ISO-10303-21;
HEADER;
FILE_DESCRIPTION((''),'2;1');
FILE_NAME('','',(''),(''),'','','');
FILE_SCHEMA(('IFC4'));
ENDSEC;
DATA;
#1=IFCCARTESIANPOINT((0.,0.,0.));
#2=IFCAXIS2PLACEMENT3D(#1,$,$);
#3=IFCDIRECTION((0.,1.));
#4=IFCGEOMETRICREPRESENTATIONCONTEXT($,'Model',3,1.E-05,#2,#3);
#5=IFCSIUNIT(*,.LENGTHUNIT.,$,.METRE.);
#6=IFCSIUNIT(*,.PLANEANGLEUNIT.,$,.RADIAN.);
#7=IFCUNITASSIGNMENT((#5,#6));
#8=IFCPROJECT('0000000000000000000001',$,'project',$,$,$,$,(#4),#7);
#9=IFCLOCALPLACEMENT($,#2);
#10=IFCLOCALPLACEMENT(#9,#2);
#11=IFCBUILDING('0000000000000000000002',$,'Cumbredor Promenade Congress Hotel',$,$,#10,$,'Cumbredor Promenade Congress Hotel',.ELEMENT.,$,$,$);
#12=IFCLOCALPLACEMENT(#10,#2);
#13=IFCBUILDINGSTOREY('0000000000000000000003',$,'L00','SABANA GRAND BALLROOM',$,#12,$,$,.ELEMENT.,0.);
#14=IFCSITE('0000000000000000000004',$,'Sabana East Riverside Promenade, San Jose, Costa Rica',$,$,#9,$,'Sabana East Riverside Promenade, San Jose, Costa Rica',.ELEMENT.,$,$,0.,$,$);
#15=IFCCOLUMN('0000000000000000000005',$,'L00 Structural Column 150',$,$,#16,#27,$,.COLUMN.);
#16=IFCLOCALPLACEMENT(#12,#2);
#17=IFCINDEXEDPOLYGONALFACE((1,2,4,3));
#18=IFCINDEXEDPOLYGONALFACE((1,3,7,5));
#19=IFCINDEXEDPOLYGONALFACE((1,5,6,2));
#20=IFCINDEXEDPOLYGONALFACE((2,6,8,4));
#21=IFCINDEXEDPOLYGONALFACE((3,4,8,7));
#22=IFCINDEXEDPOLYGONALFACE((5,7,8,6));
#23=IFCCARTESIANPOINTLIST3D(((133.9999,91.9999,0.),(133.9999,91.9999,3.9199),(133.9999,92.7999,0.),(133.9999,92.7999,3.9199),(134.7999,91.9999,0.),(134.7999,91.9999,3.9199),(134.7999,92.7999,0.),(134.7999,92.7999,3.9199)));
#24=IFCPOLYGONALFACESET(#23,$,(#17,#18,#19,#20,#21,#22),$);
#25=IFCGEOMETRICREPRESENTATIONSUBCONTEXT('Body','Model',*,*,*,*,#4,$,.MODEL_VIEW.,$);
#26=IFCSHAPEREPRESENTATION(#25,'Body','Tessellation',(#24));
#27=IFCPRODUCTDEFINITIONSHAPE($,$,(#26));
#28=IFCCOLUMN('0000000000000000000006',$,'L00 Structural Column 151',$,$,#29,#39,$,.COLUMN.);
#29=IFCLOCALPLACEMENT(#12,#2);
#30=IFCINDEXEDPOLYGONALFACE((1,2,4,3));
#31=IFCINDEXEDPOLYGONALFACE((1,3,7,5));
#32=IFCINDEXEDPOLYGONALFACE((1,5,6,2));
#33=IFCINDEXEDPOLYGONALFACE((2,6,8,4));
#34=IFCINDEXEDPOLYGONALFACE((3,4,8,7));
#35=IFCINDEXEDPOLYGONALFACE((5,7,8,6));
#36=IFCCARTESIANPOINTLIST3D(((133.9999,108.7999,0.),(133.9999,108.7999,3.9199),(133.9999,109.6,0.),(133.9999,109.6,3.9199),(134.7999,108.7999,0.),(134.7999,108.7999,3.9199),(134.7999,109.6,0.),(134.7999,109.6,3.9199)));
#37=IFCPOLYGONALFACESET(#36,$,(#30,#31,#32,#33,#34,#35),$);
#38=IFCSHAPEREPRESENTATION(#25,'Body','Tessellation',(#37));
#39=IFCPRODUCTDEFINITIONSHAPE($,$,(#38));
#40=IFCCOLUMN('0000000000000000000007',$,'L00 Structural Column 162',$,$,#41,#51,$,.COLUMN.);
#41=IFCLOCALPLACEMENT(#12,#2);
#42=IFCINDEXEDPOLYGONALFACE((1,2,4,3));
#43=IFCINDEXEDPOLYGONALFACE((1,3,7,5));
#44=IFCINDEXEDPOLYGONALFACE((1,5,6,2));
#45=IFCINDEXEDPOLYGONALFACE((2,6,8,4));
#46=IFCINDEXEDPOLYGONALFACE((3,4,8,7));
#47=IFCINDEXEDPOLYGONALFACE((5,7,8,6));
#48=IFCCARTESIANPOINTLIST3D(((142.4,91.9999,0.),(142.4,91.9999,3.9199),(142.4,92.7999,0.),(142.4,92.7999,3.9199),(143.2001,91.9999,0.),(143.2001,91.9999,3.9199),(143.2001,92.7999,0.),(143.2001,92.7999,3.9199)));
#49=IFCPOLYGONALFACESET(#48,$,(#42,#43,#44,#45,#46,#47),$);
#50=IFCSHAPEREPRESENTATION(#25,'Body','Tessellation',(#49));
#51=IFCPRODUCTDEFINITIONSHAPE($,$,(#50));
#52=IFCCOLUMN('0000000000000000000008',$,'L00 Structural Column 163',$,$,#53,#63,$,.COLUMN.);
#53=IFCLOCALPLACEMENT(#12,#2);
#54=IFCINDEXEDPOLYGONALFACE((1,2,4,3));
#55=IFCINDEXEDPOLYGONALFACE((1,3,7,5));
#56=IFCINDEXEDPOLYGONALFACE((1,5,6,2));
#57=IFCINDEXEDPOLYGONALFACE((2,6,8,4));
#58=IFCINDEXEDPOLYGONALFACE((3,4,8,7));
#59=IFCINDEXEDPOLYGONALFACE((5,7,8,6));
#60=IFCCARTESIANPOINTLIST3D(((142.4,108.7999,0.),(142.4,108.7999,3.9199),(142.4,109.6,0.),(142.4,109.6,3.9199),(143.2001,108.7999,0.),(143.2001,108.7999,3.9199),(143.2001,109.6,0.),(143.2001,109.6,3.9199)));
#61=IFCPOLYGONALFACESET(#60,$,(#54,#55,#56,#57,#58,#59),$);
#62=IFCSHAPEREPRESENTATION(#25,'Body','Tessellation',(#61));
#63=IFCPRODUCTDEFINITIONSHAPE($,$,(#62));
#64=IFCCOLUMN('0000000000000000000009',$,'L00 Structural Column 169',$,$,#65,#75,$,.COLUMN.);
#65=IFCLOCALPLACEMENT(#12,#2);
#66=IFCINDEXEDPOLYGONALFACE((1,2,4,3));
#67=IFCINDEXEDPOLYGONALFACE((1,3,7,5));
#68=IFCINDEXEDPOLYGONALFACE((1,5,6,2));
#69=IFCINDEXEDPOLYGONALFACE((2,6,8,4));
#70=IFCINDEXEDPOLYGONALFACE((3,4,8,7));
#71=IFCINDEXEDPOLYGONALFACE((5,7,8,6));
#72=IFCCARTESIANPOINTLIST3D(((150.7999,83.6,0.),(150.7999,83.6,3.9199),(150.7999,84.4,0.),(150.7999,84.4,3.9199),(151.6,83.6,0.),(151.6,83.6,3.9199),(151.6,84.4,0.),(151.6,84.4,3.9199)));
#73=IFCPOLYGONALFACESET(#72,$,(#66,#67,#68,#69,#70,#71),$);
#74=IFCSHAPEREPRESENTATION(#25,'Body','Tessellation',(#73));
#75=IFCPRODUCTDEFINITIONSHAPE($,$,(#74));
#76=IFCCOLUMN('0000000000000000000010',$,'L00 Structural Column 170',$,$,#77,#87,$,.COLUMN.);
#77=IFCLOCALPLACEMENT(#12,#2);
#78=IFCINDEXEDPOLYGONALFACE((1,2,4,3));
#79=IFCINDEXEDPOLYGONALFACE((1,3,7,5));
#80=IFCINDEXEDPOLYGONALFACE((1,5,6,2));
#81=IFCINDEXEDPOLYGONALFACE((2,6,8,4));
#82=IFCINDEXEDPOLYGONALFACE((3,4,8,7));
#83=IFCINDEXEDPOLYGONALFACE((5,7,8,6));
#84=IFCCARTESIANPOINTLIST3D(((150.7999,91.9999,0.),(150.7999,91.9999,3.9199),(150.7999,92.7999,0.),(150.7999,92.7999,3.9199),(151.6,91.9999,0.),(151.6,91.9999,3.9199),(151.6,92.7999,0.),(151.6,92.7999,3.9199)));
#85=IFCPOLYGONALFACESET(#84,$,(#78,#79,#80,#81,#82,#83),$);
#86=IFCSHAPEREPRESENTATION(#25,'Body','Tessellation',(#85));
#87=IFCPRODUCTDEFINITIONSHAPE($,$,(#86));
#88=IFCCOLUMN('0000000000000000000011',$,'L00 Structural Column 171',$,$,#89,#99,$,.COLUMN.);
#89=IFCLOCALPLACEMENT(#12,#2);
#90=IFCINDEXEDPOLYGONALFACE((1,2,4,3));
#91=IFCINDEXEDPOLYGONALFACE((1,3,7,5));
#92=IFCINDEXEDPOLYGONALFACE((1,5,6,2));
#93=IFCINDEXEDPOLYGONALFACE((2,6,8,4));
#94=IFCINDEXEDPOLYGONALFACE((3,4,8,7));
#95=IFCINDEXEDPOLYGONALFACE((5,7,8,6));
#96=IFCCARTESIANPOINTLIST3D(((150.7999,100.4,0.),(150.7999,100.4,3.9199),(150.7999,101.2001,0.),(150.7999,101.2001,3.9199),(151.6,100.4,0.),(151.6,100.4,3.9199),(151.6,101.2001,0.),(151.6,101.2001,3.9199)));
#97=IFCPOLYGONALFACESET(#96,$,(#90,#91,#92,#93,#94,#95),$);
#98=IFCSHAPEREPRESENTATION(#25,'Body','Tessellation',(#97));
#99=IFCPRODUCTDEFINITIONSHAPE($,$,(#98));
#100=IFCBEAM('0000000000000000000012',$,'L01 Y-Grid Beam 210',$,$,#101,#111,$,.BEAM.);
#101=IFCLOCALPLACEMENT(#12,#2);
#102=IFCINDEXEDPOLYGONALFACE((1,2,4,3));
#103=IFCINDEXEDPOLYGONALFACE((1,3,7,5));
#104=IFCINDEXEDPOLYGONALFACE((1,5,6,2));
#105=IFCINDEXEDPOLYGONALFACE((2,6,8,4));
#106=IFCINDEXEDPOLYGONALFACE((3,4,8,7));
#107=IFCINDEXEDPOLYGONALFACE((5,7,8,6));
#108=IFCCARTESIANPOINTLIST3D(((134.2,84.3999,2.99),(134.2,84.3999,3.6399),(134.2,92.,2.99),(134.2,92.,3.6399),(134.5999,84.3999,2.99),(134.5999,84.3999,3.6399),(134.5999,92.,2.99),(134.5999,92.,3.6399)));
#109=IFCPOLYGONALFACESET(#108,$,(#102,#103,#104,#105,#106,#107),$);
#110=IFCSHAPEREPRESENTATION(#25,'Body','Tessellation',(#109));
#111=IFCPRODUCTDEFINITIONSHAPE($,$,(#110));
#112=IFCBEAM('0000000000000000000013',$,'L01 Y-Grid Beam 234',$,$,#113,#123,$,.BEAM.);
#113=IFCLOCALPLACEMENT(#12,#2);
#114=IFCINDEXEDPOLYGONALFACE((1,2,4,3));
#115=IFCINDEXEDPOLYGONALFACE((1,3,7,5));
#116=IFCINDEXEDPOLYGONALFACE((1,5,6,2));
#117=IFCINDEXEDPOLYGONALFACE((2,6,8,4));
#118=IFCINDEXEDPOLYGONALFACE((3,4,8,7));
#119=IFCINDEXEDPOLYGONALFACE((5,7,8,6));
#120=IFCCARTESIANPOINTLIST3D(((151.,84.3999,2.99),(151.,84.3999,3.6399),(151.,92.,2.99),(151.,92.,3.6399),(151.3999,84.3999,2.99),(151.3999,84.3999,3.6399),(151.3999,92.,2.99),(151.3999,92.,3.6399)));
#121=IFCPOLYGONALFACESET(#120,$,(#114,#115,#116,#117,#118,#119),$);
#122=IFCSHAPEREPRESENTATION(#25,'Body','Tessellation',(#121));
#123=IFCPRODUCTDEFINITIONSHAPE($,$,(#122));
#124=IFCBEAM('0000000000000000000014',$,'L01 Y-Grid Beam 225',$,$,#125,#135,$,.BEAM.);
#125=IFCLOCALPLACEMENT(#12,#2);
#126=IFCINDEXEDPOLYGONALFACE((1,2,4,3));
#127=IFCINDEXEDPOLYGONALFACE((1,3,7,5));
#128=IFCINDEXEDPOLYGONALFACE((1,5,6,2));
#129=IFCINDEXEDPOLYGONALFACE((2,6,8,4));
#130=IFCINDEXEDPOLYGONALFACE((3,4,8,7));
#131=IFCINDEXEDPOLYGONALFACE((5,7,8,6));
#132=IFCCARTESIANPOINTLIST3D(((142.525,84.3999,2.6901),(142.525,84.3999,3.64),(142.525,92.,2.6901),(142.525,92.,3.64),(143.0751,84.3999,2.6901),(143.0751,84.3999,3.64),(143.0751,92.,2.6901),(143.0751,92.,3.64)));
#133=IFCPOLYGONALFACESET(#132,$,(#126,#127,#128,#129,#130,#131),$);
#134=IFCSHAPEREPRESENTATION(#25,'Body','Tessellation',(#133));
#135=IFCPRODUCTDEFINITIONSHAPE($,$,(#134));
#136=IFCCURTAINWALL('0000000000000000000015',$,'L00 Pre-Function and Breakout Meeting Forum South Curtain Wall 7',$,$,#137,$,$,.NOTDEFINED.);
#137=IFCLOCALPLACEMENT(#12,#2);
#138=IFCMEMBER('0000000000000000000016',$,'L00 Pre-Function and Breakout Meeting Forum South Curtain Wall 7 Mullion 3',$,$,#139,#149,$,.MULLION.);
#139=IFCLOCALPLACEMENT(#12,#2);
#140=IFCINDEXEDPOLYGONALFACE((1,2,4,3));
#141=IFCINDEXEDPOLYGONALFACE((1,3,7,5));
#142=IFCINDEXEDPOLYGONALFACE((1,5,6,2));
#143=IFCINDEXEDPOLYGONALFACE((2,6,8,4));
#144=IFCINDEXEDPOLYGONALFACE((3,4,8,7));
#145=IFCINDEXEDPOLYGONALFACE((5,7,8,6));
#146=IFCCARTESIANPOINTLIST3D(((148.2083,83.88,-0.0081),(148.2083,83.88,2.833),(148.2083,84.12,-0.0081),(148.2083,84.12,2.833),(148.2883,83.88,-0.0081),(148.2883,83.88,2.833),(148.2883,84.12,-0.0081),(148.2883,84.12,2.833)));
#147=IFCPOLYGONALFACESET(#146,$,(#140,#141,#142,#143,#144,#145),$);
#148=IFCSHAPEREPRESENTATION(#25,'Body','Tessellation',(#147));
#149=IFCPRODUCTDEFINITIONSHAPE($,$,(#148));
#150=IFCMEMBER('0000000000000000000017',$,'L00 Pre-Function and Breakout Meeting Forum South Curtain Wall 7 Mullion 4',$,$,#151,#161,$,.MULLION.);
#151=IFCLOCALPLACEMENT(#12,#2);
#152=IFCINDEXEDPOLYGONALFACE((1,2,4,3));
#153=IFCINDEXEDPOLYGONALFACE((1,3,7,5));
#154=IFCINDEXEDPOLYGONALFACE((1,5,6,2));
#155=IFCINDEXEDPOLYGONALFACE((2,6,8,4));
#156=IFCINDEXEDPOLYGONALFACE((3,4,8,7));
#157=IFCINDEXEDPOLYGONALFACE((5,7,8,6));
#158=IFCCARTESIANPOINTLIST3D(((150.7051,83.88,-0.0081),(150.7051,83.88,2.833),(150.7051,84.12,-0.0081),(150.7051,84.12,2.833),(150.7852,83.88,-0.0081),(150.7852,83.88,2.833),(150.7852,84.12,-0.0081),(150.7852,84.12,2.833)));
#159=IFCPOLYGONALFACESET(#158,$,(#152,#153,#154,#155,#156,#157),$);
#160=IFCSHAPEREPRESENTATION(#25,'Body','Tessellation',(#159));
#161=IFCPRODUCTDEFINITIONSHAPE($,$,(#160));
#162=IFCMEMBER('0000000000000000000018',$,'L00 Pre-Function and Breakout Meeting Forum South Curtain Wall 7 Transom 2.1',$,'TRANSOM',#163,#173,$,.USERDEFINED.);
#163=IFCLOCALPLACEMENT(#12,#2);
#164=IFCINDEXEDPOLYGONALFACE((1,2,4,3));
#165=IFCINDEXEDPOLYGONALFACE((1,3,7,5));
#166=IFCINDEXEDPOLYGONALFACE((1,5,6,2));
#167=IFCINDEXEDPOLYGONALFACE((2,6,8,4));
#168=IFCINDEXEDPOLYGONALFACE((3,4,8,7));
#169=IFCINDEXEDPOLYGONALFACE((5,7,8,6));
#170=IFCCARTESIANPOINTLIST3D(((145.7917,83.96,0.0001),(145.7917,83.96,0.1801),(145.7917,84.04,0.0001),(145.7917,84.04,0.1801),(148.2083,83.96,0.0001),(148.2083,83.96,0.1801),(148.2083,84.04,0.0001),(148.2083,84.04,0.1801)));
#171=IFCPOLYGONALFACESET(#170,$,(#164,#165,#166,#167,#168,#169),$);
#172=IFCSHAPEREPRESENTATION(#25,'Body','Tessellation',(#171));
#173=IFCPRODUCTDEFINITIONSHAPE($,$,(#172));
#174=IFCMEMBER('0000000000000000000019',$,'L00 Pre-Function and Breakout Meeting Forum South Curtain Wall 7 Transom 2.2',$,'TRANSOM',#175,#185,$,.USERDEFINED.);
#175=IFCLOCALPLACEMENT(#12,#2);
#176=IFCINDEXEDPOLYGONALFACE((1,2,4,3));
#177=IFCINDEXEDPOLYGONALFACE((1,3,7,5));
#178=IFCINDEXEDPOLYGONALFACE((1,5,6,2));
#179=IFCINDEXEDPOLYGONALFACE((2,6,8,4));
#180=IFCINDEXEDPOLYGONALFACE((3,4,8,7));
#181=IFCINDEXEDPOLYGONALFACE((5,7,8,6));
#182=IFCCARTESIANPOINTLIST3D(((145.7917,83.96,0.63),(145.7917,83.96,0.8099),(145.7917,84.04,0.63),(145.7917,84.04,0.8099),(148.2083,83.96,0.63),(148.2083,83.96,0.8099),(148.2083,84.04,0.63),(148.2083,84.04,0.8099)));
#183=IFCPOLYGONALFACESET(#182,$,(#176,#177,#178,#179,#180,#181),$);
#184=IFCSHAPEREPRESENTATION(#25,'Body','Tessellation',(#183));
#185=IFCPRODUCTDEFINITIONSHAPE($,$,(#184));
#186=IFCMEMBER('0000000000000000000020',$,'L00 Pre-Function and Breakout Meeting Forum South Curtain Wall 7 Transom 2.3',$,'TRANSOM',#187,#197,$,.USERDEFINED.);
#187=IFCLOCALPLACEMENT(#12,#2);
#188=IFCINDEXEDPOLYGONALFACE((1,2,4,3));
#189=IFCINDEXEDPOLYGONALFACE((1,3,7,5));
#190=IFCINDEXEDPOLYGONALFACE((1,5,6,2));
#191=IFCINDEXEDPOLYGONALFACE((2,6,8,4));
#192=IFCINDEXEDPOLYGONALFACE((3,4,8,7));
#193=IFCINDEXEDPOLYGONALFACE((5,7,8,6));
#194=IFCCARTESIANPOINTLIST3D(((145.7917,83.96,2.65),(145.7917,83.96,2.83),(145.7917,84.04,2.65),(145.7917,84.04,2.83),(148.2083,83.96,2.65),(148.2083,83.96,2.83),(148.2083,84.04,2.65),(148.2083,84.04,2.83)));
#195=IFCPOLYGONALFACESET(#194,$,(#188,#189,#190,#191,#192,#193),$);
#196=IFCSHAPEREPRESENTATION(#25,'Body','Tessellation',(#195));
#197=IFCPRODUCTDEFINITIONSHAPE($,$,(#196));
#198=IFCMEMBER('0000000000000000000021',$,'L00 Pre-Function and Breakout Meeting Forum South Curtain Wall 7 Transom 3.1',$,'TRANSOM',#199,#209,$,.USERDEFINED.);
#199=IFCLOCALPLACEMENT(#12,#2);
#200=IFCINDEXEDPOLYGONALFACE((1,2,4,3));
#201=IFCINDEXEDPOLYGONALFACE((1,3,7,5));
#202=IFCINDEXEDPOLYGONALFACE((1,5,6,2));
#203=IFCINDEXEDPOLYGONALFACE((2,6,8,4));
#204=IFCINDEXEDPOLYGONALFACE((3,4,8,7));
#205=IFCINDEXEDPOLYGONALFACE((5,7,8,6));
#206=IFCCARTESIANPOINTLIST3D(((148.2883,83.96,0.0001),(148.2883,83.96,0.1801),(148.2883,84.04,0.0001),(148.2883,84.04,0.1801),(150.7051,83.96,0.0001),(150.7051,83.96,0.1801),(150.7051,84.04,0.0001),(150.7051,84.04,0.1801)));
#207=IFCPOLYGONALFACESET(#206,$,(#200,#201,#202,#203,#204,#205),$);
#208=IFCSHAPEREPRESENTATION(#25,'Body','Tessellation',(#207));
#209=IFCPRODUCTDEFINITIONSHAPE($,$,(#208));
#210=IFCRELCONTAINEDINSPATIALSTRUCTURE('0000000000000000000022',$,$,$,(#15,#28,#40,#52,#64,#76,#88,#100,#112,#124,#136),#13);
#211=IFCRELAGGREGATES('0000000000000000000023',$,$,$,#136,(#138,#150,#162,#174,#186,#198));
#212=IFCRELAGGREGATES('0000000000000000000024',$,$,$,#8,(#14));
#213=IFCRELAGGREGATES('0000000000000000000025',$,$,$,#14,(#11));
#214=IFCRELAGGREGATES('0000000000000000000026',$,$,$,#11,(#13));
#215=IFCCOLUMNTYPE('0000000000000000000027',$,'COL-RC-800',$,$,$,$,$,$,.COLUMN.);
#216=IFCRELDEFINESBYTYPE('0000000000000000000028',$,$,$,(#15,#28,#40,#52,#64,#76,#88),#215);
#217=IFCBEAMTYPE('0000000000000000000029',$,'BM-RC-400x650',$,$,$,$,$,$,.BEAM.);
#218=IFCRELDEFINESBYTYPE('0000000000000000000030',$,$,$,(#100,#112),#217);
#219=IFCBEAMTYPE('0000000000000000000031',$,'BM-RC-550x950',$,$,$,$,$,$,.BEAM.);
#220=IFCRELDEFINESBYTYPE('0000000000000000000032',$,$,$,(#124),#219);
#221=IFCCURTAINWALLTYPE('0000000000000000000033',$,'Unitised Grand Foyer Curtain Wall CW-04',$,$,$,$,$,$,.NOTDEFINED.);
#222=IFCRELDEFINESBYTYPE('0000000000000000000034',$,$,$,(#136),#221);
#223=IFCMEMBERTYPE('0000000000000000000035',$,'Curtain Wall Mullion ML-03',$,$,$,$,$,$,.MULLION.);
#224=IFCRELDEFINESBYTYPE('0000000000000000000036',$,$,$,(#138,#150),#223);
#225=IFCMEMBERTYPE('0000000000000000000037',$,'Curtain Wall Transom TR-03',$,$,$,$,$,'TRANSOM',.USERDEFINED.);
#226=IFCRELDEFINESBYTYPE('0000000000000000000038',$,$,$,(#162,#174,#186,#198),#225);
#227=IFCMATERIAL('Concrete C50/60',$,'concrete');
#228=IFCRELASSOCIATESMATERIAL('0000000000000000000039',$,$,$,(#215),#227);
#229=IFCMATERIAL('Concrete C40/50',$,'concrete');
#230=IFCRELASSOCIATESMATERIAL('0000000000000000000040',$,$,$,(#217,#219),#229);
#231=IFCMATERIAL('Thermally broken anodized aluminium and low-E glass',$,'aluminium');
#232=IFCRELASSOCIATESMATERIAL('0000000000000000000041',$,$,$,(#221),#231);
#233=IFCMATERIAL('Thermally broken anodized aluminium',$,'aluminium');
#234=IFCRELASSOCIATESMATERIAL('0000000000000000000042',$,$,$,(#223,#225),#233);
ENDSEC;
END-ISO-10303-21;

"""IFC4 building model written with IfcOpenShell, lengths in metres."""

from ifc_helpers import new_model, si_unit, direction, frame, origin, origin_2d, place, context, subcontext, project, spatial, rectangle, extrude, material, material_profile, profile_set, type_object, element, aggregate, save


model = new_model("IFC4")

# Units and contexts
model_context = context("Model", 3, precision=1e-05, world=origin(), true_north=direction((0.0, 1.0)))
body_context = subcontext(model_context, "Body", "Model", "MODEL_VIEW")
ifc_project = project(units=[si_unit("LENGTHUNIT", "METRE"), si_unit("PLANEANGLEUNIT", "RADIAN")], contexts=[model_context])

# Site, building, storey
site_placement = place(None, origin())
site = spatial("IfcSite", under=ifc_project, at=site_placement, Name="Sabana East Riverside Promenade, San Jose, Costa Rica", LongName="Sabana East Riverside Promenade, San Jose, Costa Rica", CompositionType="ELEMENT", RefElevation=0.0)
building_placement = place(site_placement, origin())
building = spatial("IfcBuilding", under=site, at=building_placement, Name="Cumbredor Promenade Congress Hotel", LongName="Cumbredor Promenade Congress Hotel", CompositionType="ELEMENT")
storey_placement = place(building_placement, origin())
storey = spatial("IfcBuildingStorey", under=building, at=storey_placement, Name="L00", Description="SABANA GRAND BALLROOM", CompositionType="ELEMENT", Elevation=0.0)

# Columns
ifc_material_1 = material(Name="Concrete C50/60", Category="concrete")
ifc_material_profile_1 = material_profile(ifc_material_1, rectangle(XDim=0.8, YDim=0.8, at=origin_2d()), Name="RC 800x800")
ifc_profile_set_1 = profile_set([ifc_material_profile_1], Name="Concrete C50/60")
column_type = type_object("IfcColumnType", Name="COL-RC-800", PredefinedType="COLUMN", material=ifc_profile_set_1)
for number, where, z_axis, x_axis, name in (
    (1, (134.3999, 92.3999, 0.0), (0.0, 0.0, 1.0), (1.0, 0.0, 0.0), "L00 Structural Column 150"),
    (2, (134.3999, 109.2, 0.0), (0.0, 0.0, 1.0), (1.0, 0.0, 0.0), "L00 Structural Column 151"),
    (3, (142.8, 92.3999, 0.0), (0.0, 0.0, 1.0), (1.0, 0.0, 0.0), "L00 Structural Column 162"),
    (4, (142.8, 109.2, 0.0), (0.0, 0.0, 1.0), (1.0, 0.0, 0.0), "L00 Structural Column 163"),
    (5, (151.2, 84.0, 0.0), (0.0, 0.0, 1.0), (1.0, 0.0, 0.0), "L00 Structural Column 169"),
    (6, (151.2, 92.3999, 0.0), (0.0, 0.0, 1.0), (1.0, 0.0, 0.0), "L00 Structural Column 170"),
    (7, (151.2, 100.8, 0.0), (0.0, 0.0, 1.0), (1.0, 0.0, 0.0), "L00 Structural Column 171"),
):
    element("IfcColumn", number, at=place(storey_placement, frame(where, z_axis=z_axis, x_axis=x_axis)), inside=storey, type_object=column_type, Name=name, PredefinedType="COLUMN", context=body_context, shape_type="SweptSolid", body=[
        extrude(rectangle(XDim=0.8, YDim=0.8, at=origin_2d()), origin(), (0.0, 0.0, 1.0), 3.9199),
    ])

# Beams
ifc_material_2 = material(Name="Concrete C40/50", Category="concrete")
ifc_material_profile_2 = material_profile(ifc_material_2, rectangle(XDim=0.3999, YDim=0.6499, at=origin_2d()), Name="RC BEAM 400x650")
ifc_profile_set_2 = profile_set([ifc_material_profile_2], Name="Concrete C40/50")
beam_type_1 = type_object("IfcBeamType", Name="BM-RC-400x650", PredefinedType="BEAM", material=ifc_profile_set_2)
for number, where, z_axis, x_axis, name in (
    (8, (134.3999, 84.3999, 3.3149), (0.0, 1.0, 0.0), (-1.0, 0.0, 0.0), "L01 Y-Grid Beam 210"),
    (9, (151.2, 84.3999, 3.3149), (0.0, 1.0, 0.0), (-1.0, 0.0, 0.0), "L01 Y-Grid Beam 234"),
):
    element("IfcBeam", number, at=place(storey_placement, frame(where, z_axis=z_axis, x_axis=x_axis)), inside=storey, type_object=beam_type_1, Name=name, PredefinedType="BEAM", context=body_context, shape_type="SweptSolid", body=[
        extrude(rectangle(XDim=0.3999, YDim=0.6499, at=origin_2d()), origin(), (0.0, 0.0, 1.0), 7.6001),
    ])
ifc_material_profile_3 = material_profile(ifc_material_2, rectangle(XDim=0.55, YDim=0.95, at=origin_2d()), Name="RC BEAM 550x950")
ifc_profile_set_3 = profile_set([ifc_material_profile_3], Name="Concrete C40/50")
beam_type_2 = type_object("IfcBeamType", Name="BM-RC-550x950", PredefinedType="BEAM", material=ifc_profile_set_3)
beam_placement = place(storey_placement, frame((142.8, 84.3999, 3.165), z_axis=(0.0, 1.0, 0.0), x_axis=(-1.0, 0.0, 0.0)))
element("IfcBeam", 10, at=beam_placement, inside=storey, type_object=beam_type_2, Name="L01 Y-Grid Beam 225", PredefinedType="BEAM", context=body_context, shape_type="SweptSolid", body=[
    extrude(rectangle(XDim=0.55, YDim=0.95, at=origin_2d()), origin(), (0.0, 0.0, 1.0), 7.6001),
])

# Curtain wall, members
ifc_material_3 = material(Name="Thermally broken anodized aluminium and low-E glass", Category="aluminium")
curtain_wall_type = type_object("IfcCurtainWallType", Name="Unitised Grand Foyer Curtain Wall CW-04", PredefinedType="NOTDEFINED", material=ifc_material_3)
curtain_wall_placement = place(storey_placement, origin())
curtain_wall = element("IfcCurtainWall", 11, at=curtain_wall_placement, inside=storey, type_object=curtain_wall_type, Name="L00 Pre-Function and Breakout Meeting Forum South Curtain Wall 7", PredefinedType="NOTDEFINED")
ifc_material_4 = material(Name="Thermally broken anodized aluminium", Category="aluminium")
ifc_material_profile_4 = material_profile(ifc_material_4, rectangle(XDim=0.0801, YDim=0.24, at=origin_2d()), Name="ALU MULLION 80x240")
ifc_profile_set_4 = profile_set([ifc_material_profile_4], Name="Thermally broken anodized aluminium")
member_type_1 = type_object("IfcMemberType", Name="Curtain Wall Mullion ML-03", PredefinedType="MULLION", material=ifc_profile_set_4)
member_1_placement = place(storey_placement, frame((148.2483, 84.0, -0.0081), z_axis=(0.0, 0.0, 1.0), x_axis=(1.0, 0.0, 0.0)))
member_1 = element("IfcMember", 12, at=member_1_placement, type_object=member_type_1, Name="L00 Pre-Function and Breakout Meeting Forum South Curtain Wall 7 Mullion 3", PredefinedType="MULLION", context=body_context, shape_type="SweptSolid", body=[
    extrude(rectangle(XDim=0.0801, YDim=0.24, at=origin_2d()), origin(), (0.0, 0.0, 1.0), 2.8411),
])
member_2_placement = place(storey_placement, frame((150.7451, 84.0, -0.0081), z_axis=(0.0, 0.0, 1.0), x_axis=(1.0, 0.0, 0.0)))
member_2 = element("IfcMember", 13, at=member_2_placement, type_object=member_type_1, Name="L00 Pre-Function and Breakout Meeting Forum South Curtain Wall 7 Mullion 4", PredefinedType="MULLION", context=body_context, shape_type="SweptSolid", body=[
    extrude(rectangle(XDim=0.0801, YDim=0.24, at=origin_2d()), origin(), (0.0, 0.0, 1.0), 2.8411),
])
ifc_material_profile_5 = material_profile(ifc_material_4, rectangle(XDim=0.0801, YDim=0.1799, at=origin_2d()), Name="ALU TRANSOM 80x180")
ifc_profile_set_5 = profile_set([ifc_material_profile_5], Name="Thermally broken anodized aluminium")
member_type_2 = type_object("IfcMemberType", Name="Curtain Wall Transom TR-03", ElementType="TRANSOM", PredefinedType="USERDEFINED", material=ifc_profile_set_5)
member_3_placement = place(storey_placement, frame((145.7917, 84.0, 0.0901), z_axis=(1.0, 0.0, 0.0), x_axis=(0.0, 1.0, 0.0)))
member_3 = element("IfcMember", 14, at=member_3_placement, type_object=member_type_2, Name="L00 Pre-Function and Breakout Meeting Forum South Curtain Wall 7 Transom 2.1", ObjectType="TRANSOM", PredefinedType="USERDEFINED", context=body_context, shape_type="SweptSolid", body=[
    extrude(rectangle(XDim=0.0801, YDim=0.1799, at=origin_2d()), origin(), (0.0, 0.0, 1.0), 2.4165),
])
member_4_placement = place(storey_placement, frame((145.7917, 84.0, 0.72), z_axis=(1.0, 0.0, 0.0), x_axis=(0.0, 1.0, 0.0)))
member_4 = element("IfcMember", 15, at=member_4_placement, type_object=member_type_2, Name="L00 Pre-Function and Breakout Meeting Forum South Curtain Wall 7 Transom 2.2", ObjectType="TRANSOM", PredefinedType="USERDEFINED", context=body_context, shape_type="SweptSolid", body=[
    extrude(rectangle(XDim=0.0801, YDim=0.1799, at=origin_2d()), origin(), (0.0, 0.0, 1.0), 2.4165),
])
member_5_placement = place(storey_placement, frame((145.7917, 84.0, 2.74), z_axis=(1.0, 0.0, 0.0), x_axis=(0.0, 1.0, 0.0)))
member_5 = element("IfcMember", 16, at=member_5_placement, type_object=member_type_2, Name="L00 Pre-Function and Breakout Meeting Forum South Curtain Wall 7 Transom 2.3", ObjectType="TRANSOM", PredefinedType="USERDEFINED", context=body_context, shape_type="SweptSolid", body=[
    extrude(rectangle(XDim=0.0801, YDim=0.1799, at=origin_2d()), origin(), (0.0, 0.0, 1.0), 2.4165),
])
member_6_placement = place(storey_placement, frame((148.2883, 84.0, 0.0901), z_axis=(1.0, 0.0, 0.0), x_axis=(0.0, 1.0, 0.0)))
member_6 = element("IfcMember", 17, at=member_6_placement, type_object=member_type_2, Name="L00 Pre-Function and Breakout Meeting Forum South Curtain Wall 7 Transom 3.1", ObjectType="TRANSOM", PredefinedType="USERDEFINED", context=body_context, shape_type="SweptSolid", body=[
    extrude(rectangle(XDim=0.0801, YDim=0.1799, at=origin_2d()), origin(), (0.0, 0.0, 1.0), 2.4167),
])
aggregate(curtain_wall, [member_1, member_2, member_3, member_4, member_5, member_6])

save(model, "model.ifc")
